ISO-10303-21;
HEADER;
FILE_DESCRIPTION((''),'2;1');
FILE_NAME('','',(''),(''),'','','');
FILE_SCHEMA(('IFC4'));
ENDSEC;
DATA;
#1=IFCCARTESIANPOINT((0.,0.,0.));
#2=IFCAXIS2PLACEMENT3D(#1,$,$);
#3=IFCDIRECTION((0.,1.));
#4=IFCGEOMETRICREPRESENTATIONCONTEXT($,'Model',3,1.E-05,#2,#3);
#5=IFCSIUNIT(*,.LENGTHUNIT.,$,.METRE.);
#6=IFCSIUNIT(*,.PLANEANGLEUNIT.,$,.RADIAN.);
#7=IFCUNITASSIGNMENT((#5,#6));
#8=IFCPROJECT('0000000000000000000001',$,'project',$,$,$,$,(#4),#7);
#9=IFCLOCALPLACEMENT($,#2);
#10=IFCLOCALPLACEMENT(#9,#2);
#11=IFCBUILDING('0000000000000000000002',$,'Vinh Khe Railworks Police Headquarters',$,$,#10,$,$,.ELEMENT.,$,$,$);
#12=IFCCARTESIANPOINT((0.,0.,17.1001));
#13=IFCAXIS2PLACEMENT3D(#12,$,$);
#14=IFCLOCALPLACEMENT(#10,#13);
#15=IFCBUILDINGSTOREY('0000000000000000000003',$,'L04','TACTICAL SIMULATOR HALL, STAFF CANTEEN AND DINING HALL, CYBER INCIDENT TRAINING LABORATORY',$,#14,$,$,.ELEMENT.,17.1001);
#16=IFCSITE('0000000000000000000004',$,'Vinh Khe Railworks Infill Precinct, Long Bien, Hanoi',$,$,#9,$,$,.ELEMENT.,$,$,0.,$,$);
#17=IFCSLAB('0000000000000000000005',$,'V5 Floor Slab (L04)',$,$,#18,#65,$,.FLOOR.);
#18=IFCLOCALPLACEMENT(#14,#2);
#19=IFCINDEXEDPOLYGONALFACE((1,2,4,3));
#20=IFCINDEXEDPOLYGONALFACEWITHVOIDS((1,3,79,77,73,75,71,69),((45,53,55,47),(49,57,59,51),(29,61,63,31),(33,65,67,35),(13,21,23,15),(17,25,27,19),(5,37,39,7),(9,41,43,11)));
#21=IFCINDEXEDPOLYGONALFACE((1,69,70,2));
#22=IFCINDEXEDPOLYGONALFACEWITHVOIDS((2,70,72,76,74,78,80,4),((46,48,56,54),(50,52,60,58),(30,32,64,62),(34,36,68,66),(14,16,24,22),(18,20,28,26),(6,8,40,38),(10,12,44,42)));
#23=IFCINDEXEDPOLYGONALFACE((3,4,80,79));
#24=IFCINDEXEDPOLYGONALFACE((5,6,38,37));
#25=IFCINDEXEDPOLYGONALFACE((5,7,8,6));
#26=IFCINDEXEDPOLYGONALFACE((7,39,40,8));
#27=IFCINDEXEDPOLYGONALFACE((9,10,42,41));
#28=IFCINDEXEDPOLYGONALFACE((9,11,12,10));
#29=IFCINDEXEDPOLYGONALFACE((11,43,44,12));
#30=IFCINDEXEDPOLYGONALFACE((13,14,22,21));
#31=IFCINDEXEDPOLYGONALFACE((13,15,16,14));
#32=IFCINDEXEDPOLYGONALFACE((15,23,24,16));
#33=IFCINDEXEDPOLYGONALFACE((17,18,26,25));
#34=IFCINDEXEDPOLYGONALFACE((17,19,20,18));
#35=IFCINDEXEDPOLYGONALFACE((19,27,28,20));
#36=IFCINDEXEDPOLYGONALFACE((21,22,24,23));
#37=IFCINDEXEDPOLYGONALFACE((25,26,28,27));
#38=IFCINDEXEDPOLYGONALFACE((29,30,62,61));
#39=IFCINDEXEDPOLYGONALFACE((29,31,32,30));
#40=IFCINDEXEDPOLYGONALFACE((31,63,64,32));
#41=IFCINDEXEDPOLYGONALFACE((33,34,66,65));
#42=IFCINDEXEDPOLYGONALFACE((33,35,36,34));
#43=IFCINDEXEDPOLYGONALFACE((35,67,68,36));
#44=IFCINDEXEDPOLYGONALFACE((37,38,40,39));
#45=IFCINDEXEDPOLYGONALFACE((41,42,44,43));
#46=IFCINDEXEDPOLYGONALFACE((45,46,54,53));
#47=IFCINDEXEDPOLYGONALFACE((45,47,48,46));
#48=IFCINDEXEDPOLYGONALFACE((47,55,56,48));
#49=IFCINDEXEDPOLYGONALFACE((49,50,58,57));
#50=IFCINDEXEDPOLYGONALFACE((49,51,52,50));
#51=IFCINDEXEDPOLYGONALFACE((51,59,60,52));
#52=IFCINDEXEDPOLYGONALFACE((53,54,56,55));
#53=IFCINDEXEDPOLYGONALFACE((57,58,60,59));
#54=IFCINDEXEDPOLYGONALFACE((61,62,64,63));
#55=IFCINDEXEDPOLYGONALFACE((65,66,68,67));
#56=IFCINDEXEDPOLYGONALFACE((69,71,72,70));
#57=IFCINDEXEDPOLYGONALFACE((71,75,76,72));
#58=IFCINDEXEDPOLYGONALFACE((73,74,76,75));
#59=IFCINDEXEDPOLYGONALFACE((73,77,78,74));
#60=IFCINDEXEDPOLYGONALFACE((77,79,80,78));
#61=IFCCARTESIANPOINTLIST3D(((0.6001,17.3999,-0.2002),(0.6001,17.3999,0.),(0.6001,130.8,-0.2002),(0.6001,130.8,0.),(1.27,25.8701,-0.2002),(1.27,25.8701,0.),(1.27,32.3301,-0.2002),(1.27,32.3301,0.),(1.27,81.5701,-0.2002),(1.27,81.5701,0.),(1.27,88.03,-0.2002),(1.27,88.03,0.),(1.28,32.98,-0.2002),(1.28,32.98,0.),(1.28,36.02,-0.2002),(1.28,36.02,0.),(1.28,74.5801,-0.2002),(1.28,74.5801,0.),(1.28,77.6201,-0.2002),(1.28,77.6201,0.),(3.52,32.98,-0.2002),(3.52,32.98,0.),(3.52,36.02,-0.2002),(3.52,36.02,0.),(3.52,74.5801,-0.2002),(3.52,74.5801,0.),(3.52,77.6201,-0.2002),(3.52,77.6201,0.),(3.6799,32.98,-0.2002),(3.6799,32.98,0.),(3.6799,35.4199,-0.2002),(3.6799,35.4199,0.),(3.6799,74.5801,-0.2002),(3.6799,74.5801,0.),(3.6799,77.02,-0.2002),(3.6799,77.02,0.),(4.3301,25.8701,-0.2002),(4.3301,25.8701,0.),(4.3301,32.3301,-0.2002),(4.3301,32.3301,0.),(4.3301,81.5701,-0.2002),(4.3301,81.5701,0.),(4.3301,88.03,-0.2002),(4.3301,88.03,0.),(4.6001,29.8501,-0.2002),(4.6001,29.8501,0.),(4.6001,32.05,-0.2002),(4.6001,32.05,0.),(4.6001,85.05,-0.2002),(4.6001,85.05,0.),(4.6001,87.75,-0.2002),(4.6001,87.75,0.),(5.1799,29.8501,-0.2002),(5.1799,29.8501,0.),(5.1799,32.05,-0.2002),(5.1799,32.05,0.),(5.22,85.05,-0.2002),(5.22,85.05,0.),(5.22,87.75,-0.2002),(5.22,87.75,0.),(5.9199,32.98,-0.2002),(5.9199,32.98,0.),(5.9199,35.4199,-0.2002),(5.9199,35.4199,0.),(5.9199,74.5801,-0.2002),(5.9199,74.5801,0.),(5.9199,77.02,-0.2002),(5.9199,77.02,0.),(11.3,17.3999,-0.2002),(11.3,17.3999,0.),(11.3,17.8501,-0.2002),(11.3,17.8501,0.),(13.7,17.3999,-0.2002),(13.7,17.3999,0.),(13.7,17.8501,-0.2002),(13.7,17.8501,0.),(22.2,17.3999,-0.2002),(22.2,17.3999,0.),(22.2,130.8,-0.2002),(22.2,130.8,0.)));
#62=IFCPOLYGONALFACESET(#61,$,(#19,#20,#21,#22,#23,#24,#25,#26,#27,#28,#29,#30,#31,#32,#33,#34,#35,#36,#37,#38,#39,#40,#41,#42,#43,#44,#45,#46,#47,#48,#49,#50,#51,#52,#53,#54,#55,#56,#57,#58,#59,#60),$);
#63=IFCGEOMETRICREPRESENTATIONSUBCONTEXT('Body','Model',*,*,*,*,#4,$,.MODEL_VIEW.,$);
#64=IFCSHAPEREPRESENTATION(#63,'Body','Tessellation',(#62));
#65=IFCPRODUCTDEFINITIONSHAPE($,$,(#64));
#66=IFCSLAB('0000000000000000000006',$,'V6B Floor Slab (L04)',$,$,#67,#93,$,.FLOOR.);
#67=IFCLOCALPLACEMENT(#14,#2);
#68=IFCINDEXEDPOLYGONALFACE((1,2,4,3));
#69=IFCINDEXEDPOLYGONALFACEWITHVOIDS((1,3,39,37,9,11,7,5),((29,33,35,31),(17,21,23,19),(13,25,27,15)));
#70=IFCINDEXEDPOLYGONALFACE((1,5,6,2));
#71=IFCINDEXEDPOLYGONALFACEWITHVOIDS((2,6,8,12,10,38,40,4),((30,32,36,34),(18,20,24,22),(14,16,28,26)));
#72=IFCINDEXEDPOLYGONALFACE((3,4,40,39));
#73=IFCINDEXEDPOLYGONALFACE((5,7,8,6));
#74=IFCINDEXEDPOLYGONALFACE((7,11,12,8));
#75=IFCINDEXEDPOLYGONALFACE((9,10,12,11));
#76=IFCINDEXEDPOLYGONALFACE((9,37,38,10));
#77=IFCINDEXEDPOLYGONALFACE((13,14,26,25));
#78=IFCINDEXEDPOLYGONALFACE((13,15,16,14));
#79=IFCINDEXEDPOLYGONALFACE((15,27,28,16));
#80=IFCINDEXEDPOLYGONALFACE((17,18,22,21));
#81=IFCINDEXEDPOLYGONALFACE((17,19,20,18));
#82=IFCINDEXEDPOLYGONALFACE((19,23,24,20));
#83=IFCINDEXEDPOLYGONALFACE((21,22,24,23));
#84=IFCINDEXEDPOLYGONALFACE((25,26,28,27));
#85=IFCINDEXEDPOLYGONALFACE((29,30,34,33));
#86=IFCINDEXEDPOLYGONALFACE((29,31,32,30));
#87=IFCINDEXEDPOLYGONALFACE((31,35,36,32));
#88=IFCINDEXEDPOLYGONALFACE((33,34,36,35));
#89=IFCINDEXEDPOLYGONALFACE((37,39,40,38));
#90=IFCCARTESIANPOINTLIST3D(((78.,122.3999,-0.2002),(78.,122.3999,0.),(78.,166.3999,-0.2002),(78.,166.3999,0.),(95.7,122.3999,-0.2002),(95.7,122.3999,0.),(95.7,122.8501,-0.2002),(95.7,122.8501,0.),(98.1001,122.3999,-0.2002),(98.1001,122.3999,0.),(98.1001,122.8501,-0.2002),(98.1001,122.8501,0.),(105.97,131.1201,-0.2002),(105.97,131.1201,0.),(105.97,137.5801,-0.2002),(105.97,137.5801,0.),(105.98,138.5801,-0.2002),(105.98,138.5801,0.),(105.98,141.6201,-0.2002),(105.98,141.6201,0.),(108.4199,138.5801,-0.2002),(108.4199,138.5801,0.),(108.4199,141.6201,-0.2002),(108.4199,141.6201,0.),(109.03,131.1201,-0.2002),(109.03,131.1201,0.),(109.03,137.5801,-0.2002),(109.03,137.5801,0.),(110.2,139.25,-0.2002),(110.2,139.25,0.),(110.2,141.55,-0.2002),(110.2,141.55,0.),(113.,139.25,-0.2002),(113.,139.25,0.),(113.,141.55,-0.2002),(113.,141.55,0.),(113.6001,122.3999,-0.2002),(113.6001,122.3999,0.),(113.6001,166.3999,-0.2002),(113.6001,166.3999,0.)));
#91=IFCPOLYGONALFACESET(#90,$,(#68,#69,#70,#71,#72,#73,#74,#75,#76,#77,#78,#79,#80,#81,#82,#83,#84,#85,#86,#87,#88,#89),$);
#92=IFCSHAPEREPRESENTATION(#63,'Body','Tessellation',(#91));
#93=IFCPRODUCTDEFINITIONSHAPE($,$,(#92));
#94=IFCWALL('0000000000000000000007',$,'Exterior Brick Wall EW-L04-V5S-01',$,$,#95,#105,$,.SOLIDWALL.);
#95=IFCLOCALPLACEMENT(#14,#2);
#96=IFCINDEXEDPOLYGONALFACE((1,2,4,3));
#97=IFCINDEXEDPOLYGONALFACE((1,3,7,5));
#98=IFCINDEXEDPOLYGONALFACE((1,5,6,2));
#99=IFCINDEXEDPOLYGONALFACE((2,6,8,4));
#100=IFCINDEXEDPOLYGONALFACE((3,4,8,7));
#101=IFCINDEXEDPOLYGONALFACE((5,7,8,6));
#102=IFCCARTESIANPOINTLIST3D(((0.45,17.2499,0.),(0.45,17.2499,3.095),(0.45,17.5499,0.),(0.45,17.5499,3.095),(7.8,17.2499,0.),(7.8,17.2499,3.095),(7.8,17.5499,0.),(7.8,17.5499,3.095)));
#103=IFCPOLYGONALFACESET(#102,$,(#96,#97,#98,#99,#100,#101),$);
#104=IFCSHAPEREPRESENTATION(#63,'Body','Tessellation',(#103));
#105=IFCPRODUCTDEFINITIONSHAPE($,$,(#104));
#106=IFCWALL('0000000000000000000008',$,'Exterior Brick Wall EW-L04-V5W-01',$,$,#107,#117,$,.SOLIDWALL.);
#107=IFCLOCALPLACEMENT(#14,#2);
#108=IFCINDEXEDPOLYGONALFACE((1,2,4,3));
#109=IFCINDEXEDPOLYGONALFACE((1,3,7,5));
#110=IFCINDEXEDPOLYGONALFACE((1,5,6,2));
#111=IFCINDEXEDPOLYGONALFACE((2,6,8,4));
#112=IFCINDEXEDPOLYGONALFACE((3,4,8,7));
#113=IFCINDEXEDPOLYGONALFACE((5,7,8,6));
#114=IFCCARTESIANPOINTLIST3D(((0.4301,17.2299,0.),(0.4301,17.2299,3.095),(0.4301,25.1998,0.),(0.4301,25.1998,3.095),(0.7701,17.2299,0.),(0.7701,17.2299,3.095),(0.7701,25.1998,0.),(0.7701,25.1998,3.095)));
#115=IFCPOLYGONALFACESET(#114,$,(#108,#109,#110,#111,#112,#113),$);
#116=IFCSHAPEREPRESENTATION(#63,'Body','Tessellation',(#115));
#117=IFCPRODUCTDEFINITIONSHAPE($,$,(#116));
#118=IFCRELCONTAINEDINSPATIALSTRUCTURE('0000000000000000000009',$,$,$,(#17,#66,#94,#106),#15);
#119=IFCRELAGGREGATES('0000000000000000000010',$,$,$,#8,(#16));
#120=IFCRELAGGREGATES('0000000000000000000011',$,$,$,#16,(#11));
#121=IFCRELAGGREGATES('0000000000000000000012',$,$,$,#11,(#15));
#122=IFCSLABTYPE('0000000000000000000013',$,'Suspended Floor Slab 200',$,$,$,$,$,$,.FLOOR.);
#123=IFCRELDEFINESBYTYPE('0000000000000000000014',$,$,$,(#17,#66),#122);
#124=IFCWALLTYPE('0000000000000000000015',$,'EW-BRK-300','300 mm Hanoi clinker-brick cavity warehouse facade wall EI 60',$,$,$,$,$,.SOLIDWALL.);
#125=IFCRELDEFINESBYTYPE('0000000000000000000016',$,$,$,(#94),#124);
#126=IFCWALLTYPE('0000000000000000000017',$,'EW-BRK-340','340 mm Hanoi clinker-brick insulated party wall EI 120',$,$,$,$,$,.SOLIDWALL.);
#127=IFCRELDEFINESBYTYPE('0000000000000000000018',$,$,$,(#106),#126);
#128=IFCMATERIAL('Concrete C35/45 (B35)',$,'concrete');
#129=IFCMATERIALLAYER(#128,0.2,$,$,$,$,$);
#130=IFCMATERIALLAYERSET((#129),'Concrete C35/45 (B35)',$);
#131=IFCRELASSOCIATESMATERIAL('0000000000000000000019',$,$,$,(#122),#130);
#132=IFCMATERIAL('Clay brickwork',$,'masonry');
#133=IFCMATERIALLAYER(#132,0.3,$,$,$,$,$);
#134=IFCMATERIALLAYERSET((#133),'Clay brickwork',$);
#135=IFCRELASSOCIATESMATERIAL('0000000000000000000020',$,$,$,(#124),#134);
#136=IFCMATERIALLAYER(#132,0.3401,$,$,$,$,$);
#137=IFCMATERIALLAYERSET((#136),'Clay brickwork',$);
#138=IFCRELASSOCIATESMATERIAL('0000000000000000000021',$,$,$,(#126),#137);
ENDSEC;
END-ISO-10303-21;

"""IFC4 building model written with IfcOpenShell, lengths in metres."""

from ifc_helpers import new_model, si_unit, direction, frame, frame_2d, origin, place, context, subcontext, project, spatial, polyline, rectangle, outline, extrude, material, layer, layer_set, type_object, element, save


model = new_model("IFC4")

# Units and contexts
model_context = context("Model", 3, precision=1e-05, world=origin(), true_north=direction((0.0, 1.0)))
body_context = subcontext(model_context, "Body", "Model", "MODEL_VIEW")
ifc_project = project(units=[si_unit("LENGTHUNIT", "METRE"), si_unit("PLANEANGLEUNIT", "RADIAN")], contexts=[model_context])

# Site, building, storey
site_placement = place(None, origin())
site = spatial("IfcSite", under=ifc_project, at=site_placement, Name="Vinh Khe Railworks Infill Precinct, Long Bien, Hanoi", CompositionType="ELEMENT", RefElevation=0.0)
building_placement = place(site_placement, origin())
building = spatial("IfcBuilding", under=site, at=building_placement, Name="Vinh Khe Railworks Police Headquarters", CompositionType="ELEMENT")
storey_placement = place(building_placement, frame((0.0, 0.0, 17.1001)))
storey = spatial("IfcBuildingStorey", under=building, at=storey_placement, Name="L04", Description="TACTICAL SIMULATOR HALL, STAFF CANTEEN AND DINING HALL, CYBER INCIDENT TRAINING LABORATORY", CompositionType="ELEMENT", Elevation=17.1001)

# Shared definitions
ifc_material_1 = material(Name="Concrete C35/45 (B35)", Category="concrete")

# Slabs
ifc_layer_1 = layer(ifc_material_1, 0.2)
ifc_layer_set_1 = layer_set([ifc_layer_1], Name="Concrete C35/45 (B35)")
slab_type_1 = type_object("IfcSlabType", Name="Suspended Floor Slab 200", PredefinedType="FLOOR", material=ifc_layer_set_1)
slab_1_placement = place(storey_placement, frame((0.0, 0.0, -0.2002)))
element("IfcSlab", 1, at=slab_1_placement, inside=storey, type_object=slab_type_1, Name="V5 Floor Slab (L04)", PredefinedType="FLOOR", context=body_context, shape_type="SweptSolid", body=[
    extrude(outline(polyline([(0.6001, 17.3999), (11.3, 17.3999), (11.3, 17.8501), (13.7, 17.8501), (13.7, 17.3999), (22.2, 17.3999), (22.2, 130.8), (0.6001, 130.8), (0.6001, 17.3999)]), holes=[polyline([(1.27, 25.8701), (4.3301, 25.8701), (4.3301, 32.3301), (1.27, 32.3301), (1.27, 25.8701)]), polyline([(1.28, 32.98), (3.52, 32.98), (3.52, 36.02), (1.28, 36.02), (1.28, 32.98)]), polyline([(3.6799, 32.98), (5.9199, 32.98), (5.9199, 35.4199), (3.6799, 35.4199), (3.6799, 32.98)]), polyline([(1.27, 81.5701), (4.3301, 81.5701), (4.3301, 88.03), (1.27, 88.03), (1.27, 81.5701)]), polyline([(1.28, 74.5801), (3.52, 74.5801), (3.52, 77.6201), (1.28, 77.6201), (1.28, 74.5801)]), polyline([(3.6799, 74.5801), (5.9199, 74.5801), (5.9199, 77.02), (3.6799, 77.02), (3.6799, 74.5801)]), polyline([(4.6001, 29.8501), (5.1799, 29.8501), (5.1799, 32.05), (4.6001, 32.05), (4.6001, 29.8501)]), polyline([(4.6001, 85.05), (5.22, 85.05), (5.22, 87.75), (4.6001, 87.75), (4.6001, 85.05)])]), origin(), (0.0, 0.0, 1.0), 0.2002),
])
slab_2_placement = place(storey_placement, frame((0.0, 0.0, -0.2002)))
element("IfcSlab", 2, at=slab_2_placement, inside=storey, type_object=slab_type_1, Name="V6B Floor Slab (L04)", PredefinedType="FLOOR", context=body_context, shape_type="SweptSolid", body=[
    extrude(outline(polyline([(78.0, 122.3999), (95.7, 122.3999), (95.7, 122.8501), (98.1001, 122.8501), (98.1001, 122.3999), (113.6001, 122.3999), (113.6001, 166.3999), (78.0, 166.3999), (78.0, 122.3999)]), holes=[polyline([(105.97, 131.1201), (109.03, 131.1201), (109.03, 137.5801), (105.97, 137.5801), (105.97, 131.1201)]), polyline([(105.98, 138.5801), (108.4199, 138.5801), (108.4199, 141.6201), (105.98, 141.6201), (105.98, 138.5801)]), polyline([(110.2, 139.25), (113.0, 139.25), (113.0, 141.55), (110.2, 141.55), (110.2, 139.25)])]), origin(), (0.0, 0.0, 1.0), 0.2002),
])

# Walls
ifc_material_2 = material(Name="Clay brickwork", Category="masonry")
ifc_layer_2 = layer(ifc_material_2, 0.3)
ifc_layer_set_2 = layer_set([ifc_layer_2], Name="Clay brickwork")
wall_type_1 = type_object("IfcWallType", Name="EW-BRK-300", Description="300 mm Hanoi clinker-brick cavity warehouse facade wall EI 60", PredefinedType="SOLIDWALL", material=ifc_layer_set_2)
wall_1_placement = place(storey_placement, frame((0.45, 17.3999, 0.0), z_axis=(0.0, 0.0, 1.0), x_axis=(1.0, 0.0, 0.0)))
element("IfcWall", 3, at=wall_1_placement, inside=storey, type_object=wall_type_1, Name="Exterior Brick Wall EW-L04-V5S-01", PredefinedType="SOLIDWALL", context=body_context, shape_type="SweptSolid", body=[
    extrude(rectangle(XDim=7.3501, YDim=0.3, at=frame_2d((3.675, 0.0))), origin(), (0.0, 0.0, 1.0), 3.095),
])
ifc_layer_3 = layer(ifc_material_2, 0.3401)
ifc_layer_set_3 = layer_set([ifc_layer_3], Name="Clay brickwork")
wall_type_2 = type_object("IfcWallType", Name="EW-BRK-340", Description="340 mm Hanoi clinker-brick insulated party wall EI 120", PredefinedType="SOLIDWALL", material=ifc_layer_set_3)
wall_2_placement = place(storey_placement, frame((0.6001, 17.23, 0.0), z_axis=(0.0, 0.0, 1.0), x_axis=(0.0, 1.0, 0.0)))
element("IfcWall", 4, at=wall_2_placement, inside=storey, type_object=wall_type_2, Name="Exterior Brick Wall EW-L04-V5W-01", PredefinedType="SOLIDWALL", context=body_context, shape_type="SweptSolid", body=[
    extrude(rectangle(XDim=7.97, YDim=0.3401, at=frame_2d((3.9849, 0.0))), origin(), (0.0, 0.0, 1.0), 3.095),
])

save(model, "model.ifc")
